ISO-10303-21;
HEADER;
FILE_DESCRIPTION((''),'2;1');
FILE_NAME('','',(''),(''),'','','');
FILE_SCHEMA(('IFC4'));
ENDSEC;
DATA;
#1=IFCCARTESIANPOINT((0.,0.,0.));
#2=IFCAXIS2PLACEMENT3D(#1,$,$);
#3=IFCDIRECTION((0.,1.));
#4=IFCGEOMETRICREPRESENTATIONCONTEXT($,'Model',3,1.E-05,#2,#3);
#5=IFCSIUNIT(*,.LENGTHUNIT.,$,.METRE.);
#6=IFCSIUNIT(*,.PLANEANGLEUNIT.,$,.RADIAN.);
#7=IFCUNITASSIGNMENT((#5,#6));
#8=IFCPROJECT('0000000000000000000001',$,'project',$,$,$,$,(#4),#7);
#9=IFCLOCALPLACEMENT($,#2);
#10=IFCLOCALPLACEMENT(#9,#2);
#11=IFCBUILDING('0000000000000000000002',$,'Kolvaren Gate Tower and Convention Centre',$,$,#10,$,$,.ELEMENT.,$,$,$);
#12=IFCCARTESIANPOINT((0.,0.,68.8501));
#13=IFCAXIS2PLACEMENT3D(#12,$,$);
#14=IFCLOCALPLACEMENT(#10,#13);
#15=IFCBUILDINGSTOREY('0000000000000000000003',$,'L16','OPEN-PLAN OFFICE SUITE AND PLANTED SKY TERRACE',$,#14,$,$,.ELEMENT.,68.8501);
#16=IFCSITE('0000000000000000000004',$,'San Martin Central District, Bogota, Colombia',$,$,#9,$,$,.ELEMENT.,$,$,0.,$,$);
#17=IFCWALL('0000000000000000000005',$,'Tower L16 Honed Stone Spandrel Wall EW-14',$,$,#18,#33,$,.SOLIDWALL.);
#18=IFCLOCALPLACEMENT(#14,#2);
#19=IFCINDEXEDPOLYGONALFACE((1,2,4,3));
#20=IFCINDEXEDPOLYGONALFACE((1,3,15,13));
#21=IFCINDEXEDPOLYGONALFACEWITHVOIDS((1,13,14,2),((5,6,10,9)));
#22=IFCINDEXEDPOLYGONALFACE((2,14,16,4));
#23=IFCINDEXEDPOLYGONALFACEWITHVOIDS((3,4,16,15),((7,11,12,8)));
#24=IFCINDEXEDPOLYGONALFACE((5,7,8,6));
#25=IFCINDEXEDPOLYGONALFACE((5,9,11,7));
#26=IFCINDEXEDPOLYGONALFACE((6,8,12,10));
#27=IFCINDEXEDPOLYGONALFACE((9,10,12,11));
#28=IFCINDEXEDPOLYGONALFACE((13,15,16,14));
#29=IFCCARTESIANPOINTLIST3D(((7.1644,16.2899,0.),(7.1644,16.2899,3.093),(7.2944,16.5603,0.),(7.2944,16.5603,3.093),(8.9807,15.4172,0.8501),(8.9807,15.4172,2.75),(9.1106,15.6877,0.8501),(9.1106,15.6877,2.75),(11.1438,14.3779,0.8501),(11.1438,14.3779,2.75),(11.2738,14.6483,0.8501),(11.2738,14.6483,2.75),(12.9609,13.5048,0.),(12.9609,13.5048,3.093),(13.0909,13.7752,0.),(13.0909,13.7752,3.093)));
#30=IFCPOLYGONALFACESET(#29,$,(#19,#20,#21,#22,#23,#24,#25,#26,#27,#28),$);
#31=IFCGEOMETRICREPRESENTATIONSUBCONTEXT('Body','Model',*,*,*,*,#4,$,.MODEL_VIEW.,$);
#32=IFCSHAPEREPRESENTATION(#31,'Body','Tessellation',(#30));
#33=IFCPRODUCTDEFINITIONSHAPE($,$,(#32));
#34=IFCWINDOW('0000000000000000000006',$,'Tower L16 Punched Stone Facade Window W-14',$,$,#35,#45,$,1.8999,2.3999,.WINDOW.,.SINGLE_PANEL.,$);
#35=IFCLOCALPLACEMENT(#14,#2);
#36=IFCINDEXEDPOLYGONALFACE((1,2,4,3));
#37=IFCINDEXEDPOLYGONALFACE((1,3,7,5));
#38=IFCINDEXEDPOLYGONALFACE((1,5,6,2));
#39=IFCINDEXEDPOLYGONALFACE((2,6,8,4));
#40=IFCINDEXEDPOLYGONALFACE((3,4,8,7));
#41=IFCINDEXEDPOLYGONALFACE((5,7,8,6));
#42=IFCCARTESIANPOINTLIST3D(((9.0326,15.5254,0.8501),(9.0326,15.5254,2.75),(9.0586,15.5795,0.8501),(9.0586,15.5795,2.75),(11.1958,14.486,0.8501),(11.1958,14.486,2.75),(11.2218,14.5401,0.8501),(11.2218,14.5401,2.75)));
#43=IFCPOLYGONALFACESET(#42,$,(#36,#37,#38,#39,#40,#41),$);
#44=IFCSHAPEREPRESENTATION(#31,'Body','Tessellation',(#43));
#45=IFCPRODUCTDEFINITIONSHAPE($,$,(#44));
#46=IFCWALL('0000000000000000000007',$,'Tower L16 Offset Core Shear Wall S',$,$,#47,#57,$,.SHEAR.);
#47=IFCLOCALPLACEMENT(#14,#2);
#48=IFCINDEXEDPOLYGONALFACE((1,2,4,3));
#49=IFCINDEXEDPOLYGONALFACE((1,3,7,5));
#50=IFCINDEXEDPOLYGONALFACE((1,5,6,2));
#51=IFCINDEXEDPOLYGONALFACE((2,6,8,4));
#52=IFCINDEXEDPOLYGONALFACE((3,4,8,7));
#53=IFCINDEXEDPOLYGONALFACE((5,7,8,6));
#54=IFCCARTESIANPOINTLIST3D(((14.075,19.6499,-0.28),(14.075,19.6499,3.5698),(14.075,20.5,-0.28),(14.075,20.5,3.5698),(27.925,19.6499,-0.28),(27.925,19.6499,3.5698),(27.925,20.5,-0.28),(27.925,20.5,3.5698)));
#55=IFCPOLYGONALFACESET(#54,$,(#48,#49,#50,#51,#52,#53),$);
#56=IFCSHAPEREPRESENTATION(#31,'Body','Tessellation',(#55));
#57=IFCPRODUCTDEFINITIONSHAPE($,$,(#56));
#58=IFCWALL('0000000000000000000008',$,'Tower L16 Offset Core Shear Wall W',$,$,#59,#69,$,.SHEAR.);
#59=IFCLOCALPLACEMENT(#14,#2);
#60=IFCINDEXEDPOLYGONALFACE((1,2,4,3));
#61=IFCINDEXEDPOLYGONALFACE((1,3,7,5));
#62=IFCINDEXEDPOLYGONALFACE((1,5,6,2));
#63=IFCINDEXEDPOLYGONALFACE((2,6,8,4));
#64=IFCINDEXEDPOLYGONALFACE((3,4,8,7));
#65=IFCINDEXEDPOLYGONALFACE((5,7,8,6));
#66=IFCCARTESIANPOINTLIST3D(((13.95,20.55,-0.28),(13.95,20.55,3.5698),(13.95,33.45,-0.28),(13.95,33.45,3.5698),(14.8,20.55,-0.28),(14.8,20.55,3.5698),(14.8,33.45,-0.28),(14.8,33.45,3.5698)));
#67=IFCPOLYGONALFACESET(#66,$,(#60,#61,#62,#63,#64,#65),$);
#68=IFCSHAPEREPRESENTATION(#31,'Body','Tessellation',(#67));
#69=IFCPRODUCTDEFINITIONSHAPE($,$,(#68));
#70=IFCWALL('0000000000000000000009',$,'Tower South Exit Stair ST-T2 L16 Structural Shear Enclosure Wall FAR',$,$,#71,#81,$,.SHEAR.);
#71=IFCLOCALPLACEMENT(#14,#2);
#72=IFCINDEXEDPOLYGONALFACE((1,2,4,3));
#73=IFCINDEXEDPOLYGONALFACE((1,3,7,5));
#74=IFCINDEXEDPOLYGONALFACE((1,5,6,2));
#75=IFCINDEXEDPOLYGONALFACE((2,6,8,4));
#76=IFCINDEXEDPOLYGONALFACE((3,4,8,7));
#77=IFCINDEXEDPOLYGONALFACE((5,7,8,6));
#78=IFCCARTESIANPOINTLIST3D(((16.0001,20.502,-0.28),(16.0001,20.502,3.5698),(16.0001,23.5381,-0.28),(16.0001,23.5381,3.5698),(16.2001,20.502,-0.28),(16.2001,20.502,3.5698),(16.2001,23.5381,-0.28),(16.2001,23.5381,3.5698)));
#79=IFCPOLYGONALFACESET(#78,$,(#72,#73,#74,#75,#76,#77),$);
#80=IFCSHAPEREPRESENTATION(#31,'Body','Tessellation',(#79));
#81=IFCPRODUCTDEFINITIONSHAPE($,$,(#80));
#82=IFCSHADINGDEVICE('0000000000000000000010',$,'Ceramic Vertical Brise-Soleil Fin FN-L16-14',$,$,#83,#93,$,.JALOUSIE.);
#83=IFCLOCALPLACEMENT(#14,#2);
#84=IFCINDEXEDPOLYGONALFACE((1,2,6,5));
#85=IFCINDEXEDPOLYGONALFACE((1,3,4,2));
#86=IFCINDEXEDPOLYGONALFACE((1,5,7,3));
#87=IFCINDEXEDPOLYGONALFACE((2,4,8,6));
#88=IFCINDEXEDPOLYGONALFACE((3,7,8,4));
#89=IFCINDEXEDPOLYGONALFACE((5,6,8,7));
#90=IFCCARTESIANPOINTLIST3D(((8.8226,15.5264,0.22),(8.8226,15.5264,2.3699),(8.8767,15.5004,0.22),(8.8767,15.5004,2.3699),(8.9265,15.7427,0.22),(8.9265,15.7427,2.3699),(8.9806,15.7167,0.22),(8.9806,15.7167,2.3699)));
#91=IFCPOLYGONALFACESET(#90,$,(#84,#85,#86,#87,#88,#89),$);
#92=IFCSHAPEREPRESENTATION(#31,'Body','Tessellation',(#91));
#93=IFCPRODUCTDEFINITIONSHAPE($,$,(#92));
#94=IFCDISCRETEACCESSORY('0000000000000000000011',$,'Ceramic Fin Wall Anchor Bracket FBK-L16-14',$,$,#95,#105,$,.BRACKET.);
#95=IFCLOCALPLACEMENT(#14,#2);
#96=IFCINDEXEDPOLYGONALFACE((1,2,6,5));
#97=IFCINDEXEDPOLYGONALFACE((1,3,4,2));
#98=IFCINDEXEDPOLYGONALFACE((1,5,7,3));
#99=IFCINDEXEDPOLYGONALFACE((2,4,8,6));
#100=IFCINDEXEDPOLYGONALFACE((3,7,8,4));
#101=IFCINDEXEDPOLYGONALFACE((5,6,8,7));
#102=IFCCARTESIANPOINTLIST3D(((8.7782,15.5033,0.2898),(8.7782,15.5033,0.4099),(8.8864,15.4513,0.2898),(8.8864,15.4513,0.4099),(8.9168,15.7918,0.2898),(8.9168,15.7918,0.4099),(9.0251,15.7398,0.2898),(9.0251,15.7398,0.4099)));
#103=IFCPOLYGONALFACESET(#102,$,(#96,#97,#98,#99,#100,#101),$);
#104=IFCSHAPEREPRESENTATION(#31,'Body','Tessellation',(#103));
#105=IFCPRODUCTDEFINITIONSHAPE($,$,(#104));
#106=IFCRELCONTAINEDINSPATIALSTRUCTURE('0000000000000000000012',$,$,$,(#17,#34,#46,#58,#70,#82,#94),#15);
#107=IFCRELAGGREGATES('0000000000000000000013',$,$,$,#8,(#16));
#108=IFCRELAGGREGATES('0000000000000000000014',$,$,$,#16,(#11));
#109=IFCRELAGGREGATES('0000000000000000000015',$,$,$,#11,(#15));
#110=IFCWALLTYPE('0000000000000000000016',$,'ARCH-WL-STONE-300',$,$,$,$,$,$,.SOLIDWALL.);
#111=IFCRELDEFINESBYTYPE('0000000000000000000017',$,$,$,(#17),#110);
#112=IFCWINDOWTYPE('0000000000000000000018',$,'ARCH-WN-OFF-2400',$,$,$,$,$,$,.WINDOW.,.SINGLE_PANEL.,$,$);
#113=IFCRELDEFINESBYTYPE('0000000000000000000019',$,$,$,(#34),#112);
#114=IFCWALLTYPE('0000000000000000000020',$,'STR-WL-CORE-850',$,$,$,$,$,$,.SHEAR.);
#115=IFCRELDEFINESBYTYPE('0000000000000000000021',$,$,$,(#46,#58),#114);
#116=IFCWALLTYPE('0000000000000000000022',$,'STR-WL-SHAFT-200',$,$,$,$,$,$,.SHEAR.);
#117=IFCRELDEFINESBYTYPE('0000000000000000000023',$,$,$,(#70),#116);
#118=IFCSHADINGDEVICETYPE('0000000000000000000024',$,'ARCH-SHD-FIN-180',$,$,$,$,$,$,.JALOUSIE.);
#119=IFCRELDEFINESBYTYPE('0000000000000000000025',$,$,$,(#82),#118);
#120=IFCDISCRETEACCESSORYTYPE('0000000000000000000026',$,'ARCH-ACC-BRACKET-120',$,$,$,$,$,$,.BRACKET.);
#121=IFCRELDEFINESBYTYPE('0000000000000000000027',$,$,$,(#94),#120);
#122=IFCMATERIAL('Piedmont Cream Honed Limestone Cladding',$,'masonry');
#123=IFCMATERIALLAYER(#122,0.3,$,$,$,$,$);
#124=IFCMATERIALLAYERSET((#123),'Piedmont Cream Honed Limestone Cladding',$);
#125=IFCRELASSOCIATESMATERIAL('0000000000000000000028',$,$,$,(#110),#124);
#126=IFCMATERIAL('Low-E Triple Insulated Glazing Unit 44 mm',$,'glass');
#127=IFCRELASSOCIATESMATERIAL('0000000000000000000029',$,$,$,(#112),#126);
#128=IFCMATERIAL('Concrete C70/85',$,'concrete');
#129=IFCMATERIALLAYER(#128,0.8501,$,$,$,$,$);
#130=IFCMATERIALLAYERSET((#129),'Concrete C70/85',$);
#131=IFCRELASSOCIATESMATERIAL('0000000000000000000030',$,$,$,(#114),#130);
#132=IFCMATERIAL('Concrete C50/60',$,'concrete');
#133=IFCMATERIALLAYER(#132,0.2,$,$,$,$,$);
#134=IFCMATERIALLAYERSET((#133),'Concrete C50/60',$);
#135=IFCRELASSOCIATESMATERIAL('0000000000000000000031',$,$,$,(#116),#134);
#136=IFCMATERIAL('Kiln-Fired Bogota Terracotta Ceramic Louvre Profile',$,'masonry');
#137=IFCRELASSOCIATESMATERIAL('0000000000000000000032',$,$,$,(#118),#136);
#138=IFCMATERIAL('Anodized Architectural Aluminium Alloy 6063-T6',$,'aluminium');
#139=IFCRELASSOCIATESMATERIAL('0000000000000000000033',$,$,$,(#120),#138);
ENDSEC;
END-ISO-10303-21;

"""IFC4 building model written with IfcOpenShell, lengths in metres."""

from ifc_helpers import new_model, si_unit, direction, frame, frame_2d, origin, origin_2d, place, context, subcontext, project, spatial, rectangle, extrude, material, layer, layer_set, type_object, element, fill, save


model = new_model("IFC4")

# Units and contexts
model_context = context("Model", 3, precision=1e-05, world=origin(), true_north=direction((0.0, 1.0)))
body_context = subcontext(model_context, "Body", "Model", "MODEL_VIEW")
ifc_project = project(units=[si_unit("LENGTHUNIT", "METRE"), si_unit("PLANEANGLEUNIT", "RADIAN")], contexts=[model_context])

# Site, building, storey
site_placement = place(None, origin())
site = spatial("IfcSite", under=ifc_project, at=site_placement, Name="San Martin Central District, Bogota, Colombia", CompositionType="ELEMENT", RefElevation=0.0)
building_placement = place(site_placement, origin())
building = spatial("IfcBuilding", under=site, at=building_placement, Name="Kolvaren Gate Tower and Convention Centre", CompositionType="ELEMENT")
storey_placement = place(building_placement, frame((0.0, 0.0, 68.8501)))
storey = spatial("IfcBuildingStorey", under=building, at=storey_placement, Name="L16", Description="OPEN-PLAN OFFICE SUITE AND PLANTED SKY TERRACE", CompositionType="ELEMENT", Elevation=68.8501)

# Shared definitions
ifc_material_1 = material(Name="Concrete C70/85", Category="concrete")

# Shared definitions
ifc_material_2 = material(Name="Anodized Architectural Aluminium Alloy 6063-T6", Category="aluminium")

# Shared definitions
ifc_material_3 = material(Name="Low-E Triple Insulated Glazing Unit 44 mm", Category="glass")

# Shared definitions
ifc_material_4 = material(Name="Piedmont Cream Honed Limestone Cladding", Category="masonry")

# Shared definitions
ifc_layer_1 = layer(ifc_material_4, 0.3)
ifc_layer_set_1 = layer_set([ifc_layer_1], Name="Piedmont Cream Honed Limestone Cladding")
wall_type_1 = type_object("IfcWallType", Name="ARCH-WL-STONE-300", PredefinedType="SOLIDWALL", material=ifc_layer_set_1)

# Wall, opening, window
wall_1_placement = place(storey_placement, frame((7.2295, 16.425, 0.0), z_axis=(0.0, 0.0, 1.0), x_axis=(0.901355, -0.433082, 0.0)))
wall_1 = element("IfcWall", 1, at=wall_1_placement, inside=storey, type_object=wall_type_1, Name="Tower L16 Honed Stone Spandrel Wall EW-14", PredefinedType="SOLIDWALL", context=body_context, shape_type="SweptSolid", body=[
    extrude(rectangle(XDim=6.4309, YDim=0.3, at=frame_2d((3.2153, 0.0))), origin(), (0.0, 0.0, 1.0), 3.093),
])
opening_1_placement = place(wall_1_placement, frame((2.0149, 0.0, 0.8501)))
opening_1 = element("IfcOpeningElement", 2, at=opening_1_placement, cuts=wall_1, PredefinedType="OPENING", context=body_context, shape_type="SweptSolid", body=[
    extrude(rectangle(XDim=2.3999, YDim=1.8999, at=frame_2d((1.2, 0.95))), frame((0.0, 0.1599, 0.0), z_axis=(0.0, -1.0, 0.0), x_axis=(1.0, 0.0, 0.0)), (0.0, 0.0, 1.0), 0.3201),
])
window_type = type_object("IfcWindowType", Name="ARCH-WN-OFF-2400", PartitioningType="SINGLE_PANEL", PredefinedType="WINDOW", material=ifc_material_3)
window_placement = place(opening_1_placement, origin())
window = element("IfcWindow", 3, at=window_placement, inside=storey, type_object=window_type, Name="Tower L16 Punched Stone Facade Window W-14", OverallHeight=1.8999, OverallWidth=2.3999, PartitioningType="SINGLE_PANEL", PredefinedType="WINDOW", context=body_context, shape_type="SweptSolid", body=[
    extrude(rectangle(XDim=2.3999, YDim=1.8999, at=frame_2d((1.2, 0.95))), frame((0.0, 0.03, 0.0), z_axis=(0.0, -1.0, 0.0), x_axis=(1.0, 0.0, 0.0)), (0.0, 0.0, 1.0), 0.0601),
])
fill(opening_1, window)

# Walls
ifc_layer_2 = layer(ifc_material_1, 0.8501)
ifc_layer_set_2 = layer_set([ifc_layer_2], Name="Concrete C70/85")
wall_type_2 = type_object("IfcWallType", Name="STR-WL-CORE-850", PredefinedType="SHEAR", material=ifc_layer_set_2)
wall_2_placement = place(storey_placement, frame((14.075, 20.075, -0.28), z_axis=(0.0, 0.0, 1.0), x_axis=(1.0, 0.0, 0.0)))
element("IfcWall", 4, at=wall_2_placement, inside=storey, type_object=wall_type_2, Name="Tower L16 Offset Core Shear Wall S", PredefinedType="SHEAR", context=body_context, shape_type="SweptSolid", body=[
    extrude(rectangle(XDim=13.8501, YDim=0.8501, at=frame_2d((6.925, 0.0))), origin(), (0.0, 0.0, 1.0), 3.8499),
])
wall_3_placement = place(storey_placement, frame((14.375, 20.55, -0.28), z_axis=(0.0, 0.0, 1.0), x_axis=(0.0, 1.0, 0.0)))
element("IfcWall", 5, at=wall_3_placement, inside=storey, type_object=wall_type_2, Name="Tower L16 Offset Core Shear Wall W", PredefinedType="SHEAR", context=body_context, shape_type="SweptSolid", body=[
    extrude(rectangle(XDim=12.8999, YDim=0.8501, at=frame_2d((6.45, 0.0))), origin(), (0.0, 0.0, 1.0), 3.8499),
])
ifc_material_5 = material(Name="Concrete C50/60", Category="concrete")
ifc_layer_3 = layer(ifc_material_5, 0.2)
ifc_layer_set_3 = layer_set([ifc_layer_3], Name="Concrete C50/60")
wall_type_3 = type_object("IfcWallType", Name="STR-WL-SHAFT-200", PredefinedType="SHEAR", material=ifc_layer_set_3)
wall_4_placement = place(storey_placement, frame((16.1001, 20.502, -0.28), z_axis=(0.0, 0.0, 1.0), x_axis=(0.0, 1.0, 0.0)))
element("IfcWall", 6, at=wall_4_placement, inside=storey, type_object=wall_type_3, Name="Tower South Exit Stair ST-T2 L16 Structural Shear Enclosure Wall FAR", PredefinedType="SHEAR", context=body_context, shape_type="SweptSolid", body=[
    extrude(rectangle(XDim=3.0361, YDim=0.2, at=frame_2d((1.5181, 0.0))), origin(), (0.0, 0.0, 1.0), 3.8499),
])

# Shading device
ifc_material_6 = material(Name="Kiln-Fired Bogota Terracotta Ceramic Louvre Profile", Category="masonry")
shading_device_type = type_object("IfcShadingDeviceType", Name="ARCH-SHD-FIN-180", PredefinedType="JALOUSIE", material=ifc_material_6)
shading_device_placement = place(storey_placement, frame((8.9016, 15.6216, 0.22), z_axis=(0.0, 0.0, 1.0), x_axis=(0.901358, -0.433076, 0.0)))
element("IfcShadingDevice", 7, at=shading_device_placement, inside=storey, type_object=shading_device_type, Name="Ceramic Vertical Brise-Soleil Fin FN-L16-14", PredefinedType="JALOUSIE", context=body_context, shape_type="SweptSolid", body=[
    extrude(rectangle(XDim=0.0601, YDim=0.24, at=origin_2d()), origin(), (0.0, 0.0, 1.0), 2.1499),
])

# Discrete accessory
discrete_accessory_type = type_object("IfcDiscreteAccessoryType", Name="ARCH-ACC-BRACKET-120", PredefinedType="BRACKET", material=ifc_material_2)
discrete_accessory_placement = place(storey_placement, frame((8.9016, 15.6216, 0.2898), z_axis=(0.0, 0.0, 1.0), x_axis=(0.901358, -0.433076, 0.0)))
element("IfcDiscreteAccessory", 8, at=discrete_accessory_placement, inside=storey, type_object=discrete_accessory_type, Name="Ceramic Fin Wall Anchor Bracket FBK-L16-14", PredefinedType="BRACKET", context=body_context, shape_type="SweptSolid", body=[
    extrude(rectangle(XDim=0.1201, YDim=0.3201, at=origin_2d()), origin(), (0.0, 0.0, 1.0), 0.1201),
])

save(model, "model.ifc")
